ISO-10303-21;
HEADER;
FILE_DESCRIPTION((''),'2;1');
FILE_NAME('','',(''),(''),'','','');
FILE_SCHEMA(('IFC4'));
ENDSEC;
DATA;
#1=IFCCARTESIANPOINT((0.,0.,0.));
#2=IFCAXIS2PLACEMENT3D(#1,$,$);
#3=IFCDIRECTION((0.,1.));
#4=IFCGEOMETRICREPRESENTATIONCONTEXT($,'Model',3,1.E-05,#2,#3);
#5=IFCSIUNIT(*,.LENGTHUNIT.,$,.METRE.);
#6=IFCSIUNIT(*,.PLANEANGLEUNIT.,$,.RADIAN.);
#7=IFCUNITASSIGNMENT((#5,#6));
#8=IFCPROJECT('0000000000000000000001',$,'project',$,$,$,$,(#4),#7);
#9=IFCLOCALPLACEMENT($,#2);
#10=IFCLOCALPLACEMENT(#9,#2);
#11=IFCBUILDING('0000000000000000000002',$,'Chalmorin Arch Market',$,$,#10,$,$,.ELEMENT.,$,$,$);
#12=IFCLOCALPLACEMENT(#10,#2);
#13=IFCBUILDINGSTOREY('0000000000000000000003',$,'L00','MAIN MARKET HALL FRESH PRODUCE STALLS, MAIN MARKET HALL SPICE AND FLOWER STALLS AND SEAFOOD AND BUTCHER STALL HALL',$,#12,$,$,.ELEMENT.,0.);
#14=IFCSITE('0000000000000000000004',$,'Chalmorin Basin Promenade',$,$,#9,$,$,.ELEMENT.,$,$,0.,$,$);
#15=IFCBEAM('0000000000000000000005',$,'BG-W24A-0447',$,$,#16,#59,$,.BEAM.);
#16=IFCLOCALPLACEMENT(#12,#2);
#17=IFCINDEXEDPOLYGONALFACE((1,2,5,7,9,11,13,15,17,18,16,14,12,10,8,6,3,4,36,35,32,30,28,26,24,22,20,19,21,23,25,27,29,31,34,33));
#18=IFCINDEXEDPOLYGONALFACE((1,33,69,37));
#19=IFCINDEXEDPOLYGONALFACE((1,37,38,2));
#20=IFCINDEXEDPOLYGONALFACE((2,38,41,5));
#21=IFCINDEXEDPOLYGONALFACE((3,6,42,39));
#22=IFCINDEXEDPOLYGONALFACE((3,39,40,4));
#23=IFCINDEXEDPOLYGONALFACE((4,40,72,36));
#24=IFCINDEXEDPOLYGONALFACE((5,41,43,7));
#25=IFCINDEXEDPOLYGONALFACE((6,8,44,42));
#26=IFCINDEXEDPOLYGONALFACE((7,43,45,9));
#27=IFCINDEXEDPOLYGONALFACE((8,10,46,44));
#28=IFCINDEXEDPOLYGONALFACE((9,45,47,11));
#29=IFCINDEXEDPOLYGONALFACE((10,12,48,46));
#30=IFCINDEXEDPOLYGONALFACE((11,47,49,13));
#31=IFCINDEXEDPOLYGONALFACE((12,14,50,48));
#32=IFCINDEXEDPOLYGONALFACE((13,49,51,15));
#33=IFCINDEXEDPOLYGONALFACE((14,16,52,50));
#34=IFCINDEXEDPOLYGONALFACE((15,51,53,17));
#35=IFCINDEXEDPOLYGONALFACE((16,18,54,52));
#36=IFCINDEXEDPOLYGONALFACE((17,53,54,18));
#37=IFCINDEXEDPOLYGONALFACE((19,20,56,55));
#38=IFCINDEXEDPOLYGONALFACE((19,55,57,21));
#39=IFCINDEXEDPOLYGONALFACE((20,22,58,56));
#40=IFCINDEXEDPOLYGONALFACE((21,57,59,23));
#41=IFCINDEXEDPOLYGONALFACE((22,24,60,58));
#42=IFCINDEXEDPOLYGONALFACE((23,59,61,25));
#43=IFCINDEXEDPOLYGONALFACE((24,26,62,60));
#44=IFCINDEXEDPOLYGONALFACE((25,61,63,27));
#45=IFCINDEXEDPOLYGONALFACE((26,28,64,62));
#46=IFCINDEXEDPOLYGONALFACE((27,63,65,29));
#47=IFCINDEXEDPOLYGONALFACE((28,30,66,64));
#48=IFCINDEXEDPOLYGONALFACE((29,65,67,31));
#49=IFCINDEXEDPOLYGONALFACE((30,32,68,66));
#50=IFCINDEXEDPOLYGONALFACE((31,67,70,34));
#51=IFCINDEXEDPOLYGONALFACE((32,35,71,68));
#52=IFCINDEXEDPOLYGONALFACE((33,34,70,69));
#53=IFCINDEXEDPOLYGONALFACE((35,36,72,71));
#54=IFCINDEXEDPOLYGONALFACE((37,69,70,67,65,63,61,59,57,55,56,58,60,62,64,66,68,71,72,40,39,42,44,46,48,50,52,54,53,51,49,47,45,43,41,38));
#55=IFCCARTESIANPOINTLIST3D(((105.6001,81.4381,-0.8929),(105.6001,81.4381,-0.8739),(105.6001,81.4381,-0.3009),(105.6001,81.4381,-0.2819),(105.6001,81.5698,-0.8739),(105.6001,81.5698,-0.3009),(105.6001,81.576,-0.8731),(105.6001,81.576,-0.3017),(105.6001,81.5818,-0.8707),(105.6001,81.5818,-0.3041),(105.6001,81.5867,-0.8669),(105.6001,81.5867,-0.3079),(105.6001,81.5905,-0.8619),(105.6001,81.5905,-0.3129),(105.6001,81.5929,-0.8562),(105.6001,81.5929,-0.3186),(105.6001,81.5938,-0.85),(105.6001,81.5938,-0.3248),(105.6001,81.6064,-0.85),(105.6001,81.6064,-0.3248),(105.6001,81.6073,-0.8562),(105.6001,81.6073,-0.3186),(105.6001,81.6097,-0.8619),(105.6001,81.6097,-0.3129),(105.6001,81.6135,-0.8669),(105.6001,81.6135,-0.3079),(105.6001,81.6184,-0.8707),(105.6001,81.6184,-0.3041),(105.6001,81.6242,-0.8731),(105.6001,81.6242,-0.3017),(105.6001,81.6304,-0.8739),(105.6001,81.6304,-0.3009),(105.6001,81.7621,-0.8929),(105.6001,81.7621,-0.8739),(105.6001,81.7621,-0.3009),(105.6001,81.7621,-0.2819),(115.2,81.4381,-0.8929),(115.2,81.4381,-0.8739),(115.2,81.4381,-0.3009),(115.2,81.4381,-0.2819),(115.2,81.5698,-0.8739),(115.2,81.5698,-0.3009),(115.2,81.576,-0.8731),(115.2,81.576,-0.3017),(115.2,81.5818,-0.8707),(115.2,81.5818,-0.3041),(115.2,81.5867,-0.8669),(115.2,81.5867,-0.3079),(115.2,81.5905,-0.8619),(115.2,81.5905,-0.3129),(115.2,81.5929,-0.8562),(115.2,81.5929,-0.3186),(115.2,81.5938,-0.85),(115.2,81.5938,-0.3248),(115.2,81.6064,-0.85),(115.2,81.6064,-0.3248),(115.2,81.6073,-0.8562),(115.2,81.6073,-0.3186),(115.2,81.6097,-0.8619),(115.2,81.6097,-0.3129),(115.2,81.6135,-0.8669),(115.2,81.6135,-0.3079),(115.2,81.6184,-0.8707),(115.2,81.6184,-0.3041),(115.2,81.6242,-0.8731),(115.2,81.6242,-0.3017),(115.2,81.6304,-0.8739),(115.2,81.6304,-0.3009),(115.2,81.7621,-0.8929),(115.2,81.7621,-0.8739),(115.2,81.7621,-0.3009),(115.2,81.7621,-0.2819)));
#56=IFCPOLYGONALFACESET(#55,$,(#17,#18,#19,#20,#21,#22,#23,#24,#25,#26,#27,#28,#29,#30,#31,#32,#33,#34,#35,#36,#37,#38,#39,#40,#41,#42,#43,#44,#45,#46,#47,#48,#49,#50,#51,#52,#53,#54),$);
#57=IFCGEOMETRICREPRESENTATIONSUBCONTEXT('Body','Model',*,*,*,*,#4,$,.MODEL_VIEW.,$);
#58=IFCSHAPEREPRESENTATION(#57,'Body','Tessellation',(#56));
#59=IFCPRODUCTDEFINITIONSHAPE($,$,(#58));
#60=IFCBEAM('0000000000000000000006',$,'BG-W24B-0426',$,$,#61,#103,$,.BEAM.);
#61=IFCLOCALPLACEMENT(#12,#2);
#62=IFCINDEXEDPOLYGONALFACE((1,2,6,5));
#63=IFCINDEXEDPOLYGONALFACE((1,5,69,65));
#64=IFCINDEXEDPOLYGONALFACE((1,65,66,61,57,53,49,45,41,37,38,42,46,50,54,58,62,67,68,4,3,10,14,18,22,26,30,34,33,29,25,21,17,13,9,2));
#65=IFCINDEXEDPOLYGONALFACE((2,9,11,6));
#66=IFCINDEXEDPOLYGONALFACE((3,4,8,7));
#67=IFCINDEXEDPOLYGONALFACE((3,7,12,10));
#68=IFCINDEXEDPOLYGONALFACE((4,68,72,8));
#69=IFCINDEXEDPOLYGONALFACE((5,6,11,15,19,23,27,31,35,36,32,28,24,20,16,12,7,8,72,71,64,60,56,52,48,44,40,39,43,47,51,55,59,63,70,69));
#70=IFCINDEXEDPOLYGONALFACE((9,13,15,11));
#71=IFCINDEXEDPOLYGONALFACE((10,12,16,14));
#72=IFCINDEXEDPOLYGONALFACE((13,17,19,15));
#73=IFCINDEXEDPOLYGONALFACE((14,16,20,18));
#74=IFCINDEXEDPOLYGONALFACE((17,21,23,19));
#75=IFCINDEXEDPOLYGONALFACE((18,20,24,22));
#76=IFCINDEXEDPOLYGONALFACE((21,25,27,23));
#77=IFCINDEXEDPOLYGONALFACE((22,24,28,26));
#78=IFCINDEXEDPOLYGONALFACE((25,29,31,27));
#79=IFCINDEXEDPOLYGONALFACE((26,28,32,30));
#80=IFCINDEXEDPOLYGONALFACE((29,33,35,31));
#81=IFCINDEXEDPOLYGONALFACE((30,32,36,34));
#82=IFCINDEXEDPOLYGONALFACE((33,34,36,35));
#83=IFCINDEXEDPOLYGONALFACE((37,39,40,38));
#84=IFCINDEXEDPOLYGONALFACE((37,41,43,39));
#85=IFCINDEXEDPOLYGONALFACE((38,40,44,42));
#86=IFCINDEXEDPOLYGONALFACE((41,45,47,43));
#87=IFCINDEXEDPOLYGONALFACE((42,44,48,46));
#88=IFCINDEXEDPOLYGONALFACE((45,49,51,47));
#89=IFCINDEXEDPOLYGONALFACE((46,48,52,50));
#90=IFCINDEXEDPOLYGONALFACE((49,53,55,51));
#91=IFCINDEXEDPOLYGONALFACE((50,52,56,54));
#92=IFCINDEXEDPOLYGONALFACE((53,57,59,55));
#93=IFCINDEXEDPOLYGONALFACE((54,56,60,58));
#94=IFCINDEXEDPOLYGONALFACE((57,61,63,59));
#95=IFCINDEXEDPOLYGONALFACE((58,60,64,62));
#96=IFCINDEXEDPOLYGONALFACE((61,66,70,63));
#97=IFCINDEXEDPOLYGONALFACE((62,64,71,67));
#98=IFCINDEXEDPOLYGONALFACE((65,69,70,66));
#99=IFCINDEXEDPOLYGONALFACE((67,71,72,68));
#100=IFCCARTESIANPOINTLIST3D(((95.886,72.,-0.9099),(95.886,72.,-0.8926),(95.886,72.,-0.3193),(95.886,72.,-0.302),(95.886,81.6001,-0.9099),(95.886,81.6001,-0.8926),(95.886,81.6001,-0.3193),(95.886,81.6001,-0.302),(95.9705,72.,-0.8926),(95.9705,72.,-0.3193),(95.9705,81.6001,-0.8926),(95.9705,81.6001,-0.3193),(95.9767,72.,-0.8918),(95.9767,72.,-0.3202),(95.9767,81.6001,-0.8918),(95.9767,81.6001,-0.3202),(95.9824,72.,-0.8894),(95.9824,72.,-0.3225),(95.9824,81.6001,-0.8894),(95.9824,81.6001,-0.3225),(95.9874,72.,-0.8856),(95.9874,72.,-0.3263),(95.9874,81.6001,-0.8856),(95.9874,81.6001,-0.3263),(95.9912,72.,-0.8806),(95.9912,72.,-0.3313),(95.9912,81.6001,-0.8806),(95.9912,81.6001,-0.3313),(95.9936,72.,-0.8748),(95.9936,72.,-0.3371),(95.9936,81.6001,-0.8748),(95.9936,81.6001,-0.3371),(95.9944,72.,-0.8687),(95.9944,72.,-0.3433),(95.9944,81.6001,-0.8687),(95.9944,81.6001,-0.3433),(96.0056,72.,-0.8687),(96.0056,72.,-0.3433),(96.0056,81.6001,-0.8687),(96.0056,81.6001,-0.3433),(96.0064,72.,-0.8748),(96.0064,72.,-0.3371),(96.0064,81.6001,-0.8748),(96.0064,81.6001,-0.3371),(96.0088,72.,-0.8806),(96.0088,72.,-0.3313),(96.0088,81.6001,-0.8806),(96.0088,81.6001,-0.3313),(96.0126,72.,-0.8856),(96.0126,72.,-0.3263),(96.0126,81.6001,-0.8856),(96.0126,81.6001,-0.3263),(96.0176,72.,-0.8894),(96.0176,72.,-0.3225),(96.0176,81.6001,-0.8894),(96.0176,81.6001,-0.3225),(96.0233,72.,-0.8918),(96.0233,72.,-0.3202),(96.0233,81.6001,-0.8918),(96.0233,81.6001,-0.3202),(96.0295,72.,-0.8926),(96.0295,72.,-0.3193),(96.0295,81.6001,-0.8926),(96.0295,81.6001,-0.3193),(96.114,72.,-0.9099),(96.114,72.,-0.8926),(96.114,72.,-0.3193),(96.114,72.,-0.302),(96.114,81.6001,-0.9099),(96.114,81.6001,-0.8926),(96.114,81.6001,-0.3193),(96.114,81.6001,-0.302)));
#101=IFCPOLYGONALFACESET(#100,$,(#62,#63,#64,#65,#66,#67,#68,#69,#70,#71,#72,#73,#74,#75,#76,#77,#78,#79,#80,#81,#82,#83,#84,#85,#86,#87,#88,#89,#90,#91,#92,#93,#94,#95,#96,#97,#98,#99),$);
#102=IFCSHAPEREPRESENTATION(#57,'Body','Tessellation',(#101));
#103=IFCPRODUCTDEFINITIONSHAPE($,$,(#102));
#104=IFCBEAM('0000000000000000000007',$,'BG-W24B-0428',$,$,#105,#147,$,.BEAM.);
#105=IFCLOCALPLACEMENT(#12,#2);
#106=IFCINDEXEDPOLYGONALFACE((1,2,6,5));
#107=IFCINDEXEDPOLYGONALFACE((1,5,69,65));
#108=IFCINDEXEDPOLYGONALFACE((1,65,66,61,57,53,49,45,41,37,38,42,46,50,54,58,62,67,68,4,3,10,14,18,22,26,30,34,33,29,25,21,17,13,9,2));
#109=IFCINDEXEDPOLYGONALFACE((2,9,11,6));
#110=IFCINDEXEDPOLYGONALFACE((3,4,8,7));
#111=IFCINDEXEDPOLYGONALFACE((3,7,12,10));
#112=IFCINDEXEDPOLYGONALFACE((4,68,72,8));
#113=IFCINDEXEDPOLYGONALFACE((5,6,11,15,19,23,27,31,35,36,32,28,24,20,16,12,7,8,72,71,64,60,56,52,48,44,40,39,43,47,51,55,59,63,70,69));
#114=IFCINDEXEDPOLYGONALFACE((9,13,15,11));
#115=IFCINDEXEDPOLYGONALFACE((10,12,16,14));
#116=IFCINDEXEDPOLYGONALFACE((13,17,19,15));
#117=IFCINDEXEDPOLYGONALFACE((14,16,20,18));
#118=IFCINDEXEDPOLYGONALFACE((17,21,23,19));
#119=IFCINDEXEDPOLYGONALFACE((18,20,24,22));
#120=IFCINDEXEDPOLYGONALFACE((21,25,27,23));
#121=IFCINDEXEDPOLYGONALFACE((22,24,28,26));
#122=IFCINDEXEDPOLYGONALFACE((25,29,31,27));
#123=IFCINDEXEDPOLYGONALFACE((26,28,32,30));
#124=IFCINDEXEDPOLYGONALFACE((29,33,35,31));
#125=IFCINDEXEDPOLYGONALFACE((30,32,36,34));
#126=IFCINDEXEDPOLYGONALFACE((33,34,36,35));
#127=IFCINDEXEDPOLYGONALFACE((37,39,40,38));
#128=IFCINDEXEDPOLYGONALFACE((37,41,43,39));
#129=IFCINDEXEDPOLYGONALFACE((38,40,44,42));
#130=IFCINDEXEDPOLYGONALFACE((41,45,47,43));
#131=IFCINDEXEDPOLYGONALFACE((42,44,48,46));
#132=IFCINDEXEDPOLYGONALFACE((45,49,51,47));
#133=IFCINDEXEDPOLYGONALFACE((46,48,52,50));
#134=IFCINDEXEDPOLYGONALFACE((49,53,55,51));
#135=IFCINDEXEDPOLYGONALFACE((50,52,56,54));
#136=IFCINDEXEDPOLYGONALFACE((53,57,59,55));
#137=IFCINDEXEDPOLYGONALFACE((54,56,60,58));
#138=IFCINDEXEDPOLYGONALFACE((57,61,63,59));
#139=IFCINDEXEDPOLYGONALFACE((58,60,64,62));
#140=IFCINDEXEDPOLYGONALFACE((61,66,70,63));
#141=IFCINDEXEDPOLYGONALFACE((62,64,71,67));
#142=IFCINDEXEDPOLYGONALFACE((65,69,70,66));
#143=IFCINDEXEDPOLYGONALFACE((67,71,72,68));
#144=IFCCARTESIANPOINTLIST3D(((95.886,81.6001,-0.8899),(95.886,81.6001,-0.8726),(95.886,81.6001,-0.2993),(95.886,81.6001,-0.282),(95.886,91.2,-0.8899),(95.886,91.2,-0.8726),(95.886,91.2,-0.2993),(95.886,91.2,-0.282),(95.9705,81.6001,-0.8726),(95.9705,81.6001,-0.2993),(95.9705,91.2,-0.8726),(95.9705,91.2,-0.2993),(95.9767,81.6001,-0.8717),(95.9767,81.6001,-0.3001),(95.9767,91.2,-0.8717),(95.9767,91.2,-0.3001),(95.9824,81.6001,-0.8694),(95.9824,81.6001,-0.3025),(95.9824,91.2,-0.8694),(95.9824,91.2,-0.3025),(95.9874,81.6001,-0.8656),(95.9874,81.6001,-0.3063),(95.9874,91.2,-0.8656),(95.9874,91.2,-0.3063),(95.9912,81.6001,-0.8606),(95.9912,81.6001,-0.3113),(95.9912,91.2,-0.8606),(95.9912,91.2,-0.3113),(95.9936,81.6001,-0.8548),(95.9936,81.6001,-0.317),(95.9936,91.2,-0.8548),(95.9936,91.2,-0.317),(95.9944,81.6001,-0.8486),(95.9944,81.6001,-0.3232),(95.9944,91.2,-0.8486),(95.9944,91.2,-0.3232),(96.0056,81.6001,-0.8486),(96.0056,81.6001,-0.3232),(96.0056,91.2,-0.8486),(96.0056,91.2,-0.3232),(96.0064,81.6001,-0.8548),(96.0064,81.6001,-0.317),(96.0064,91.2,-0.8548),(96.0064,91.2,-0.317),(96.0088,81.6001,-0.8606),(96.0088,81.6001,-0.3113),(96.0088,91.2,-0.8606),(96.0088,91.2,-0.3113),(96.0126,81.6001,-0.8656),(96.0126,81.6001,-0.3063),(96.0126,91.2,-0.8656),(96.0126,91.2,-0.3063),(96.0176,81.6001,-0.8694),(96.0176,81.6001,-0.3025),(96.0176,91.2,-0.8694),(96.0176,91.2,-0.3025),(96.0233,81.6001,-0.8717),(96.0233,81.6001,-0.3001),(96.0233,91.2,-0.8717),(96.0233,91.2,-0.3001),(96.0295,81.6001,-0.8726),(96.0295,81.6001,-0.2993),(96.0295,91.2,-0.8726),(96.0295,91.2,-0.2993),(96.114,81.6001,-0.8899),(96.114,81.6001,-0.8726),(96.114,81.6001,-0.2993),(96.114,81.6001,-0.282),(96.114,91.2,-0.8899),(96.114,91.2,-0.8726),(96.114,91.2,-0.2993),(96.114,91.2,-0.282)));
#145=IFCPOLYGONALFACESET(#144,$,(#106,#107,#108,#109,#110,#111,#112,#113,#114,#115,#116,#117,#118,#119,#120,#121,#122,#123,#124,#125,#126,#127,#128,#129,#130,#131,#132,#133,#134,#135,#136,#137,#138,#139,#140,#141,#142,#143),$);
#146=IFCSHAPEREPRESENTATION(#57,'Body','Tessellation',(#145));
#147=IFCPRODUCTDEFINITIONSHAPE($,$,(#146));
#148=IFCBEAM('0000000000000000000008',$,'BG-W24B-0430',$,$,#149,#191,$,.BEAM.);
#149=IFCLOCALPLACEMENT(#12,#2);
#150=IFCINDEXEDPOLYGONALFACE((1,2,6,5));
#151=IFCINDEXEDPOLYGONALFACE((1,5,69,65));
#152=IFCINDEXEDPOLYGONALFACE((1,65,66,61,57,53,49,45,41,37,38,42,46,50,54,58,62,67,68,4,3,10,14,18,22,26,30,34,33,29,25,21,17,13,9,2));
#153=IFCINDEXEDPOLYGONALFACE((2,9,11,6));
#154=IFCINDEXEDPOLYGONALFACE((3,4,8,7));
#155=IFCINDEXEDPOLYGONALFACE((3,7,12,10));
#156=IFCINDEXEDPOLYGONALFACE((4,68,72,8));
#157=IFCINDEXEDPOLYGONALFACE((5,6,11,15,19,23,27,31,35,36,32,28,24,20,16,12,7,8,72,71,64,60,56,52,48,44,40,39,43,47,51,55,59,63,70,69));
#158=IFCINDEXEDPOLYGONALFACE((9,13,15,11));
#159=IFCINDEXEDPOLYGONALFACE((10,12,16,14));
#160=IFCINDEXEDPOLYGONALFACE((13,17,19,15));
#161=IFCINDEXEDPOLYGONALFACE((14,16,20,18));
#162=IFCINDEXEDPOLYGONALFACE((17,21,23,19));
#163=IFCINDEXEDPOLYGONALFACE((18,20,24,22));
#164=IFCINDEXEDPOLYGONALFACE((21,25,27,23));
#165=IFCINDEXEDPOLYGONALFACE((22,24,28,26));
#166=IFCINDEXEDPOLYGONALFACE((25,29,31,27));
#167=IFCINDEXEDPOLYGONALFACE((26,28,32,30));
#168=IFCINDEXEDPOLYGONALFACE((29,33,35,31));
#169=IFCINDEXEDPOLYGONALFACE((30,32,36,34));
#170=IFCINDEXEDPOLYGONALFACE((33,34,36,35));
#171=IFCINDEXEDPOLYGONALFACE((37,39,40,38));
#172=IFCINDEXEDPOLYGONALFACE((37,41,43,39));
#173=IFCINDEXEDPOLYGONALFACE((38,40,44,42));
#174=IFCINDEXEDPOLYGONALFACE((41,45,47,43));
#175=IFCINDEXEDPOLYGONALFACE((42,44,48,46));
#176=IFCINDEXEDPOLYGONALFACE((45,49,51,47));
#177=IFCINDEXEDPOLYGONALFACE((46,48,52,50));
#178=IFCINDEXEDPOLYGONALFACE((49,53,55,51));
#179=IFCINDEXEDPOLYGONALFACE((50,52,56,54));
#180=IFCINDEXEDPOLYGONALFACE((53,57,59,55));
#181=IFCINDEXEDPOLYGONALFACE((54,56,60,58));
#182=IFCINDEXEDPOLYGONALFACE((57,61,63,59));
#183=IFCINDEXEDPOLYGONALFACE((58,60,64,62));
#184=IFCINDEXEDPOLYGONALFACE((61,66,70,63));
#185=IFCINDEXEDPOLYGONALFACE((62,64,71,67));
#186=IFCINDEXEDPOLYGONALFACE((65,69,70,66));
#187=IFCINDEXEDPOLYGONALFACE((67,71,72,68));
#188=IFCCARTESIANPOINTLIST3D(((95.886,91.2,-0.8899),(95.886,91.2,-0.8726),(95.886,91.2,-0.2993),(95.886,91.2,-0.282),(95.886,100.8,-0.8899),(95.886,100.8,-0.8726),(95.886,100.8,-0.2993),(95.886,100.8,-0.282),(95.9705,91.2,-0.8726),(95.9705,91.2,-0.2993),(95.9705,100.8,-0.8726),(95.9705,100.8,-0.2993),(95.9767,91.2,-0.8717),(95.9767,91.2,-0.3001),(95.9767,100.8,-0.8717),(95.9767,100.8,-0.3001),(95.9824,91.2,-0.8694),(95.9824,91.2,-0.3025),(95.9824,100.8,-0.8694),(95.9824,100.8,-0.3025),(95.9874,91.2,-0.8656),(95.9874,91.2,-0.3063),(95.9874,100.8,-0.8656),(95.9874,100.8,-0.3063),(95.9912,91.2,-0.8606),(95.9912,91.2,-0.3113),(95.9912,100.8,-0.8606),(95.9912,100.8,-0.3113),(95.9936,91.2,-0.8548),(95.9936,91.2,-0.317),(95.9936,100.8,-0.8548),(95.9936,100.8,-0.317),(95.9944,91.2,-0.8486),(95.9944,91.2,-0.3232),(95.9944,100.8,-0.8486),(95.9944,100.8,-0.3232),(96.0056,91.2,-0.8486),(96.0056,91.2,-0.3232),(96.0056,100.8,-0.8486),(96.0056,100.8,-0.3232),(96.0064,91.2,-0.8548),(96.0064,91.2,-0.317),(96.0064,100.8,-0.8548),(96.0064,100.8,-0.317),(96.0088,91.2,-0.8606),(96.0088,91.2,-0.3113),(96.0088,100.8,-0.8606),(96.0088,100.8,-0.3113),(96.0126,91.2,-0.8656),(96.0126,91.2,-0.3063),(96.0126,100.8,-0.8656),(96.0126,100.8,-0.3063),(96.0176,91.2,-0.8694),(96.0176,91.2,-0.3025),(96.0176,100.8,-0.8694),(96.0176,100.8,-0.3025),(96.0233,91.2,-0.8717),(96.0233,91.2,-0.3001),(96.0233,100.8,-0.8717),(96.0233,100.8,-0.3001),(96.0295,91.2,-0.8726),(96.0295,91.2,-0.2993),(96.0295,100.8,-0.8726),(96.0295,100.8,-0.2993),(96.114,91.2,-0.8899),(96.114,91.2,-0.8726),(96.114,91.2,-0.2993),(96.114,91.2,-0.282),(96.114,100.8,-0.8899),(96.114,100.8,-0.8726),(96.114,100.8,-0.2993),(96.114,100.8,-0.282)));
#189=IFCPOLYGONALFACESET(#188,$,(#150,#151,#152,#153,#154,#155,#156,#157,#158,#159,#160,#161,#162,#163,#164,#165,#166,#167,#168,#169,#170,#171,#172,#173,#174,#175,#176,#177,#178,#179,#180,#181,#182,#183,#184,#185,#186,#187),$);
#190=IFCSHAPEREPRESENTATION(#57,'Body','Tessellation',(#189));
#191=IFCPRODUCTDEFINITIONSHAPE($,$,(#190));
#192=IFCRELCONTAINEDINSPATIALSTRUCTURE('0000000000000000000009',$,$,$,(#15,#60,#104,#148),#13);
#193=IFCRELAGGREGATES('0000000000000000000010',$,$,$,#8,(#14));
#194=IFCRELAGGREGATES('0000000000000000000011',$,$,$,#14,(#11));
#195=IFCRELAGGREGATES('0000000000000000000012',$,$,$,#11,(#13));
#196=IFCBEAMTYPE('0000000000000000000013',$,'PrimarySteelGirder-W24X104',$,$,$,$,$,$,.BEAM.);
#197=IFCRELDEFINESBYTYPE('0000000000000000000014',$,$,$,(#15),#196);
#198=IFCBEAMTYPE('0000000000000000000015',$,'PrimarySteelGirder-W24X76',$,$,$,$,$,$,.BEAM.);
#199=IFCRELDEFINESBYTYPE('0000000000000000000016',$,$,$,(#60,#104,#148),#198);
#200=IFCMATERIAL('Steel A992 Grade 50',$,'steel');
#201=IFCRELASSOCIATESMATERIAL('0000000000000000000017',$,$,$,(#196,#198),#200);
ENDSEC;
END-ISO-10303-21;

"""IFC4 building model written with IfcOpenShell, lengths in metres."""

from ifc_helpers import new_model, si_unit, direction, frame, origin, origin_2d, place, context, subcontext, project, spatial, i_section, extrude, material, material_profile, profile_set, type_object, element, save


model = new_model("IFC4")

# Units and contexts
model_context = context("Model", 3, precision=1e-05, world=origin(), true_north=direction((0.0, 1.0)))
body_context = subcontext(model_context, "Body", "Model", "MODEL_VIEW")
ifc_project = project(units=[si_unit("LENGTHUNIT", "METRE"), si_unit("PLANEANGLEUNIT", "RADIAN")], contexts=[model_context])

# Site, building, storey
site_placement = place(None, origin())
site = spatial("IfcSite", under=ifc_project, at=site_placement, Name="Chalmorin Basin Promenade", CompositionType="ELEMENT", RefElevation=0.0)
building_placement = place(site_placement, origin())
building = spatial("IfcBuilding", under=site, at=building_placement, Name="Chalmorin Arch Market", CompositionType="ELEMENT")
storey_placement = place(building_placement, origin())
storey = spatial("IfcBuildingStorey", under=building, at=storey_placement, Name="L00", Description="MAIN MARKET HALL FRESH PRODUCE STALLS, MAIN MARKET HALL SPICE AND FLOWER STALLS AND SEAFOOD AND BUTCHER STALL HALL", CompositionType="ELEMENT", Elevation=0.0)

# Beams
ifc_material_1 = material(Name="Steel A992 Grade 50", Category="steel")
ifc_material_profile_1 = material_profile(ifc_material_1, i_section(OverallWidth=0.324, OverallDepth=0.6111, WebThickness=0.0127, FlangeThickness=0.019, FilletRadius=0.0239, at=origin_2d()), Name="W24X104")
ifc_profile_set_1 = profile_set([ifc_material_profile_1], Name="Steel A992 Grade 50")
beam_type_1 = type_object("IfcBeamType", Name="PrimarySteelGirder-W24X104", PredefinedType="BEAM", material=ifc_profile_set_1)
beam_1_placement = place(storey_placement, frame((105.6001, 81.6001, -0.5874), z_axis=(1.0, 0.0, 0.0), x_axis=(0.0, 1.0, 0.0)))
element("IfcBeam", 1, at=beam_1_placement, inside=storey, type_object=beam_type_1, Name="BG-W24A-0447", PredefinedType="BEAM", context=body_context, shape_type="SweptSolid", body=[
    extrude(i_section(OverallWidth=0.324, OverallDepth=0.6111, WebThickness=0.0127, FlangeThickness=0.019, FilletRadius=0.0239, at=origin_2d()), origin(), (0.0, 0.0, 1.0), 9.5999),
])
ifc_material_profile_2 = material_profile(ifc_material_1, i_section(OverallWidth=0.228, OverallDepth=0.6079, WebThickness=0.0112, FlangeThickness=0.0173, FilletRadius=0.0239, at=origin_2d()), Name="W24X76")
ifc_profile_set_2 = profile_set([ifc_material_profile_2], Name="Steel A992 Grade 50")
beam_type_2 = type_object("IfcBeamType", Name="PrimarySteelGirder-W24X76", PredefinedType="BEAM", material=ifc_profile_set_2)
beam_2_placement = place(storey_placement, frame((96.0, 72.0, -0.606), z_axis=(0.0, 1.0, 0.0), x_axis=(-1.0, 0.0, 0.0)))
element("IfcBeam", 2, at=beam_2_placement, inside=storey, type_object=beam_type_2, Name="BG-W24B-0426", PredefinedType="BEAM", context=body_context, shape_type="SweptSolid", body=[
    extrude(i_section(OverallWidth=0.228, OverallDepth=0.6079, WebThickness=0.0112, FlangeThickness=0.0173, FilletRadius=0.0239, at=origin_2d()), origin(), (0.0, 0.0, 1.0), 9.6001),
])
beam_3_placement = place(storey_placement, frame((96.0, 81.6001, -0.5859), z_axis=(0.0, 1.0, 0.0), x_axis=(-1.0, 0.0, 0.0)))
element("IfcBeam", 3, at=beam_3_placement, inside=storey, type_object=beam_type_2, Name="BG-W24B-0428", PredefinedType="BEAM", context=body_context, shape_type="SweptSolid", body=[
    extrude(i_section(OverallWidth=0.228, OverallDepth=0.6079, WebThickness=0.0112, FlangeThickness=0.0173, FilletRadius=0.0239, at=origin_2d()), origin(), (0.0, 0.0, 1.0), 9.5999),
])
for number, where, z_axis, x_axis, name in (
    (4, (96.0, 91.2, -0.5859), (0.0, 1.0, 0.0), (-1.0, 0.0, 0.0), "BG-W24B-0430"),
):
    element("IfcBeam", number, at=place(storey_placement, frame(where, z_axis=z_axis, x_axis=x_axis)), inside=storey, type_object=beam_type_2, Name=name, PredefinedType="BEAM", context=body_context, shape_type="SweptSolid", body=[
        extrude(i_section(OverallWidth=0.228, OverallDepth=0.6079, WebThickness=0.0112, FlangeThickness=0.0173, FilletRadius=0.0239, at=origin_2d()), origin(), (0.0, 0.0, 1.0), 9.6001),
    ])

save(model, "model.ifc")
